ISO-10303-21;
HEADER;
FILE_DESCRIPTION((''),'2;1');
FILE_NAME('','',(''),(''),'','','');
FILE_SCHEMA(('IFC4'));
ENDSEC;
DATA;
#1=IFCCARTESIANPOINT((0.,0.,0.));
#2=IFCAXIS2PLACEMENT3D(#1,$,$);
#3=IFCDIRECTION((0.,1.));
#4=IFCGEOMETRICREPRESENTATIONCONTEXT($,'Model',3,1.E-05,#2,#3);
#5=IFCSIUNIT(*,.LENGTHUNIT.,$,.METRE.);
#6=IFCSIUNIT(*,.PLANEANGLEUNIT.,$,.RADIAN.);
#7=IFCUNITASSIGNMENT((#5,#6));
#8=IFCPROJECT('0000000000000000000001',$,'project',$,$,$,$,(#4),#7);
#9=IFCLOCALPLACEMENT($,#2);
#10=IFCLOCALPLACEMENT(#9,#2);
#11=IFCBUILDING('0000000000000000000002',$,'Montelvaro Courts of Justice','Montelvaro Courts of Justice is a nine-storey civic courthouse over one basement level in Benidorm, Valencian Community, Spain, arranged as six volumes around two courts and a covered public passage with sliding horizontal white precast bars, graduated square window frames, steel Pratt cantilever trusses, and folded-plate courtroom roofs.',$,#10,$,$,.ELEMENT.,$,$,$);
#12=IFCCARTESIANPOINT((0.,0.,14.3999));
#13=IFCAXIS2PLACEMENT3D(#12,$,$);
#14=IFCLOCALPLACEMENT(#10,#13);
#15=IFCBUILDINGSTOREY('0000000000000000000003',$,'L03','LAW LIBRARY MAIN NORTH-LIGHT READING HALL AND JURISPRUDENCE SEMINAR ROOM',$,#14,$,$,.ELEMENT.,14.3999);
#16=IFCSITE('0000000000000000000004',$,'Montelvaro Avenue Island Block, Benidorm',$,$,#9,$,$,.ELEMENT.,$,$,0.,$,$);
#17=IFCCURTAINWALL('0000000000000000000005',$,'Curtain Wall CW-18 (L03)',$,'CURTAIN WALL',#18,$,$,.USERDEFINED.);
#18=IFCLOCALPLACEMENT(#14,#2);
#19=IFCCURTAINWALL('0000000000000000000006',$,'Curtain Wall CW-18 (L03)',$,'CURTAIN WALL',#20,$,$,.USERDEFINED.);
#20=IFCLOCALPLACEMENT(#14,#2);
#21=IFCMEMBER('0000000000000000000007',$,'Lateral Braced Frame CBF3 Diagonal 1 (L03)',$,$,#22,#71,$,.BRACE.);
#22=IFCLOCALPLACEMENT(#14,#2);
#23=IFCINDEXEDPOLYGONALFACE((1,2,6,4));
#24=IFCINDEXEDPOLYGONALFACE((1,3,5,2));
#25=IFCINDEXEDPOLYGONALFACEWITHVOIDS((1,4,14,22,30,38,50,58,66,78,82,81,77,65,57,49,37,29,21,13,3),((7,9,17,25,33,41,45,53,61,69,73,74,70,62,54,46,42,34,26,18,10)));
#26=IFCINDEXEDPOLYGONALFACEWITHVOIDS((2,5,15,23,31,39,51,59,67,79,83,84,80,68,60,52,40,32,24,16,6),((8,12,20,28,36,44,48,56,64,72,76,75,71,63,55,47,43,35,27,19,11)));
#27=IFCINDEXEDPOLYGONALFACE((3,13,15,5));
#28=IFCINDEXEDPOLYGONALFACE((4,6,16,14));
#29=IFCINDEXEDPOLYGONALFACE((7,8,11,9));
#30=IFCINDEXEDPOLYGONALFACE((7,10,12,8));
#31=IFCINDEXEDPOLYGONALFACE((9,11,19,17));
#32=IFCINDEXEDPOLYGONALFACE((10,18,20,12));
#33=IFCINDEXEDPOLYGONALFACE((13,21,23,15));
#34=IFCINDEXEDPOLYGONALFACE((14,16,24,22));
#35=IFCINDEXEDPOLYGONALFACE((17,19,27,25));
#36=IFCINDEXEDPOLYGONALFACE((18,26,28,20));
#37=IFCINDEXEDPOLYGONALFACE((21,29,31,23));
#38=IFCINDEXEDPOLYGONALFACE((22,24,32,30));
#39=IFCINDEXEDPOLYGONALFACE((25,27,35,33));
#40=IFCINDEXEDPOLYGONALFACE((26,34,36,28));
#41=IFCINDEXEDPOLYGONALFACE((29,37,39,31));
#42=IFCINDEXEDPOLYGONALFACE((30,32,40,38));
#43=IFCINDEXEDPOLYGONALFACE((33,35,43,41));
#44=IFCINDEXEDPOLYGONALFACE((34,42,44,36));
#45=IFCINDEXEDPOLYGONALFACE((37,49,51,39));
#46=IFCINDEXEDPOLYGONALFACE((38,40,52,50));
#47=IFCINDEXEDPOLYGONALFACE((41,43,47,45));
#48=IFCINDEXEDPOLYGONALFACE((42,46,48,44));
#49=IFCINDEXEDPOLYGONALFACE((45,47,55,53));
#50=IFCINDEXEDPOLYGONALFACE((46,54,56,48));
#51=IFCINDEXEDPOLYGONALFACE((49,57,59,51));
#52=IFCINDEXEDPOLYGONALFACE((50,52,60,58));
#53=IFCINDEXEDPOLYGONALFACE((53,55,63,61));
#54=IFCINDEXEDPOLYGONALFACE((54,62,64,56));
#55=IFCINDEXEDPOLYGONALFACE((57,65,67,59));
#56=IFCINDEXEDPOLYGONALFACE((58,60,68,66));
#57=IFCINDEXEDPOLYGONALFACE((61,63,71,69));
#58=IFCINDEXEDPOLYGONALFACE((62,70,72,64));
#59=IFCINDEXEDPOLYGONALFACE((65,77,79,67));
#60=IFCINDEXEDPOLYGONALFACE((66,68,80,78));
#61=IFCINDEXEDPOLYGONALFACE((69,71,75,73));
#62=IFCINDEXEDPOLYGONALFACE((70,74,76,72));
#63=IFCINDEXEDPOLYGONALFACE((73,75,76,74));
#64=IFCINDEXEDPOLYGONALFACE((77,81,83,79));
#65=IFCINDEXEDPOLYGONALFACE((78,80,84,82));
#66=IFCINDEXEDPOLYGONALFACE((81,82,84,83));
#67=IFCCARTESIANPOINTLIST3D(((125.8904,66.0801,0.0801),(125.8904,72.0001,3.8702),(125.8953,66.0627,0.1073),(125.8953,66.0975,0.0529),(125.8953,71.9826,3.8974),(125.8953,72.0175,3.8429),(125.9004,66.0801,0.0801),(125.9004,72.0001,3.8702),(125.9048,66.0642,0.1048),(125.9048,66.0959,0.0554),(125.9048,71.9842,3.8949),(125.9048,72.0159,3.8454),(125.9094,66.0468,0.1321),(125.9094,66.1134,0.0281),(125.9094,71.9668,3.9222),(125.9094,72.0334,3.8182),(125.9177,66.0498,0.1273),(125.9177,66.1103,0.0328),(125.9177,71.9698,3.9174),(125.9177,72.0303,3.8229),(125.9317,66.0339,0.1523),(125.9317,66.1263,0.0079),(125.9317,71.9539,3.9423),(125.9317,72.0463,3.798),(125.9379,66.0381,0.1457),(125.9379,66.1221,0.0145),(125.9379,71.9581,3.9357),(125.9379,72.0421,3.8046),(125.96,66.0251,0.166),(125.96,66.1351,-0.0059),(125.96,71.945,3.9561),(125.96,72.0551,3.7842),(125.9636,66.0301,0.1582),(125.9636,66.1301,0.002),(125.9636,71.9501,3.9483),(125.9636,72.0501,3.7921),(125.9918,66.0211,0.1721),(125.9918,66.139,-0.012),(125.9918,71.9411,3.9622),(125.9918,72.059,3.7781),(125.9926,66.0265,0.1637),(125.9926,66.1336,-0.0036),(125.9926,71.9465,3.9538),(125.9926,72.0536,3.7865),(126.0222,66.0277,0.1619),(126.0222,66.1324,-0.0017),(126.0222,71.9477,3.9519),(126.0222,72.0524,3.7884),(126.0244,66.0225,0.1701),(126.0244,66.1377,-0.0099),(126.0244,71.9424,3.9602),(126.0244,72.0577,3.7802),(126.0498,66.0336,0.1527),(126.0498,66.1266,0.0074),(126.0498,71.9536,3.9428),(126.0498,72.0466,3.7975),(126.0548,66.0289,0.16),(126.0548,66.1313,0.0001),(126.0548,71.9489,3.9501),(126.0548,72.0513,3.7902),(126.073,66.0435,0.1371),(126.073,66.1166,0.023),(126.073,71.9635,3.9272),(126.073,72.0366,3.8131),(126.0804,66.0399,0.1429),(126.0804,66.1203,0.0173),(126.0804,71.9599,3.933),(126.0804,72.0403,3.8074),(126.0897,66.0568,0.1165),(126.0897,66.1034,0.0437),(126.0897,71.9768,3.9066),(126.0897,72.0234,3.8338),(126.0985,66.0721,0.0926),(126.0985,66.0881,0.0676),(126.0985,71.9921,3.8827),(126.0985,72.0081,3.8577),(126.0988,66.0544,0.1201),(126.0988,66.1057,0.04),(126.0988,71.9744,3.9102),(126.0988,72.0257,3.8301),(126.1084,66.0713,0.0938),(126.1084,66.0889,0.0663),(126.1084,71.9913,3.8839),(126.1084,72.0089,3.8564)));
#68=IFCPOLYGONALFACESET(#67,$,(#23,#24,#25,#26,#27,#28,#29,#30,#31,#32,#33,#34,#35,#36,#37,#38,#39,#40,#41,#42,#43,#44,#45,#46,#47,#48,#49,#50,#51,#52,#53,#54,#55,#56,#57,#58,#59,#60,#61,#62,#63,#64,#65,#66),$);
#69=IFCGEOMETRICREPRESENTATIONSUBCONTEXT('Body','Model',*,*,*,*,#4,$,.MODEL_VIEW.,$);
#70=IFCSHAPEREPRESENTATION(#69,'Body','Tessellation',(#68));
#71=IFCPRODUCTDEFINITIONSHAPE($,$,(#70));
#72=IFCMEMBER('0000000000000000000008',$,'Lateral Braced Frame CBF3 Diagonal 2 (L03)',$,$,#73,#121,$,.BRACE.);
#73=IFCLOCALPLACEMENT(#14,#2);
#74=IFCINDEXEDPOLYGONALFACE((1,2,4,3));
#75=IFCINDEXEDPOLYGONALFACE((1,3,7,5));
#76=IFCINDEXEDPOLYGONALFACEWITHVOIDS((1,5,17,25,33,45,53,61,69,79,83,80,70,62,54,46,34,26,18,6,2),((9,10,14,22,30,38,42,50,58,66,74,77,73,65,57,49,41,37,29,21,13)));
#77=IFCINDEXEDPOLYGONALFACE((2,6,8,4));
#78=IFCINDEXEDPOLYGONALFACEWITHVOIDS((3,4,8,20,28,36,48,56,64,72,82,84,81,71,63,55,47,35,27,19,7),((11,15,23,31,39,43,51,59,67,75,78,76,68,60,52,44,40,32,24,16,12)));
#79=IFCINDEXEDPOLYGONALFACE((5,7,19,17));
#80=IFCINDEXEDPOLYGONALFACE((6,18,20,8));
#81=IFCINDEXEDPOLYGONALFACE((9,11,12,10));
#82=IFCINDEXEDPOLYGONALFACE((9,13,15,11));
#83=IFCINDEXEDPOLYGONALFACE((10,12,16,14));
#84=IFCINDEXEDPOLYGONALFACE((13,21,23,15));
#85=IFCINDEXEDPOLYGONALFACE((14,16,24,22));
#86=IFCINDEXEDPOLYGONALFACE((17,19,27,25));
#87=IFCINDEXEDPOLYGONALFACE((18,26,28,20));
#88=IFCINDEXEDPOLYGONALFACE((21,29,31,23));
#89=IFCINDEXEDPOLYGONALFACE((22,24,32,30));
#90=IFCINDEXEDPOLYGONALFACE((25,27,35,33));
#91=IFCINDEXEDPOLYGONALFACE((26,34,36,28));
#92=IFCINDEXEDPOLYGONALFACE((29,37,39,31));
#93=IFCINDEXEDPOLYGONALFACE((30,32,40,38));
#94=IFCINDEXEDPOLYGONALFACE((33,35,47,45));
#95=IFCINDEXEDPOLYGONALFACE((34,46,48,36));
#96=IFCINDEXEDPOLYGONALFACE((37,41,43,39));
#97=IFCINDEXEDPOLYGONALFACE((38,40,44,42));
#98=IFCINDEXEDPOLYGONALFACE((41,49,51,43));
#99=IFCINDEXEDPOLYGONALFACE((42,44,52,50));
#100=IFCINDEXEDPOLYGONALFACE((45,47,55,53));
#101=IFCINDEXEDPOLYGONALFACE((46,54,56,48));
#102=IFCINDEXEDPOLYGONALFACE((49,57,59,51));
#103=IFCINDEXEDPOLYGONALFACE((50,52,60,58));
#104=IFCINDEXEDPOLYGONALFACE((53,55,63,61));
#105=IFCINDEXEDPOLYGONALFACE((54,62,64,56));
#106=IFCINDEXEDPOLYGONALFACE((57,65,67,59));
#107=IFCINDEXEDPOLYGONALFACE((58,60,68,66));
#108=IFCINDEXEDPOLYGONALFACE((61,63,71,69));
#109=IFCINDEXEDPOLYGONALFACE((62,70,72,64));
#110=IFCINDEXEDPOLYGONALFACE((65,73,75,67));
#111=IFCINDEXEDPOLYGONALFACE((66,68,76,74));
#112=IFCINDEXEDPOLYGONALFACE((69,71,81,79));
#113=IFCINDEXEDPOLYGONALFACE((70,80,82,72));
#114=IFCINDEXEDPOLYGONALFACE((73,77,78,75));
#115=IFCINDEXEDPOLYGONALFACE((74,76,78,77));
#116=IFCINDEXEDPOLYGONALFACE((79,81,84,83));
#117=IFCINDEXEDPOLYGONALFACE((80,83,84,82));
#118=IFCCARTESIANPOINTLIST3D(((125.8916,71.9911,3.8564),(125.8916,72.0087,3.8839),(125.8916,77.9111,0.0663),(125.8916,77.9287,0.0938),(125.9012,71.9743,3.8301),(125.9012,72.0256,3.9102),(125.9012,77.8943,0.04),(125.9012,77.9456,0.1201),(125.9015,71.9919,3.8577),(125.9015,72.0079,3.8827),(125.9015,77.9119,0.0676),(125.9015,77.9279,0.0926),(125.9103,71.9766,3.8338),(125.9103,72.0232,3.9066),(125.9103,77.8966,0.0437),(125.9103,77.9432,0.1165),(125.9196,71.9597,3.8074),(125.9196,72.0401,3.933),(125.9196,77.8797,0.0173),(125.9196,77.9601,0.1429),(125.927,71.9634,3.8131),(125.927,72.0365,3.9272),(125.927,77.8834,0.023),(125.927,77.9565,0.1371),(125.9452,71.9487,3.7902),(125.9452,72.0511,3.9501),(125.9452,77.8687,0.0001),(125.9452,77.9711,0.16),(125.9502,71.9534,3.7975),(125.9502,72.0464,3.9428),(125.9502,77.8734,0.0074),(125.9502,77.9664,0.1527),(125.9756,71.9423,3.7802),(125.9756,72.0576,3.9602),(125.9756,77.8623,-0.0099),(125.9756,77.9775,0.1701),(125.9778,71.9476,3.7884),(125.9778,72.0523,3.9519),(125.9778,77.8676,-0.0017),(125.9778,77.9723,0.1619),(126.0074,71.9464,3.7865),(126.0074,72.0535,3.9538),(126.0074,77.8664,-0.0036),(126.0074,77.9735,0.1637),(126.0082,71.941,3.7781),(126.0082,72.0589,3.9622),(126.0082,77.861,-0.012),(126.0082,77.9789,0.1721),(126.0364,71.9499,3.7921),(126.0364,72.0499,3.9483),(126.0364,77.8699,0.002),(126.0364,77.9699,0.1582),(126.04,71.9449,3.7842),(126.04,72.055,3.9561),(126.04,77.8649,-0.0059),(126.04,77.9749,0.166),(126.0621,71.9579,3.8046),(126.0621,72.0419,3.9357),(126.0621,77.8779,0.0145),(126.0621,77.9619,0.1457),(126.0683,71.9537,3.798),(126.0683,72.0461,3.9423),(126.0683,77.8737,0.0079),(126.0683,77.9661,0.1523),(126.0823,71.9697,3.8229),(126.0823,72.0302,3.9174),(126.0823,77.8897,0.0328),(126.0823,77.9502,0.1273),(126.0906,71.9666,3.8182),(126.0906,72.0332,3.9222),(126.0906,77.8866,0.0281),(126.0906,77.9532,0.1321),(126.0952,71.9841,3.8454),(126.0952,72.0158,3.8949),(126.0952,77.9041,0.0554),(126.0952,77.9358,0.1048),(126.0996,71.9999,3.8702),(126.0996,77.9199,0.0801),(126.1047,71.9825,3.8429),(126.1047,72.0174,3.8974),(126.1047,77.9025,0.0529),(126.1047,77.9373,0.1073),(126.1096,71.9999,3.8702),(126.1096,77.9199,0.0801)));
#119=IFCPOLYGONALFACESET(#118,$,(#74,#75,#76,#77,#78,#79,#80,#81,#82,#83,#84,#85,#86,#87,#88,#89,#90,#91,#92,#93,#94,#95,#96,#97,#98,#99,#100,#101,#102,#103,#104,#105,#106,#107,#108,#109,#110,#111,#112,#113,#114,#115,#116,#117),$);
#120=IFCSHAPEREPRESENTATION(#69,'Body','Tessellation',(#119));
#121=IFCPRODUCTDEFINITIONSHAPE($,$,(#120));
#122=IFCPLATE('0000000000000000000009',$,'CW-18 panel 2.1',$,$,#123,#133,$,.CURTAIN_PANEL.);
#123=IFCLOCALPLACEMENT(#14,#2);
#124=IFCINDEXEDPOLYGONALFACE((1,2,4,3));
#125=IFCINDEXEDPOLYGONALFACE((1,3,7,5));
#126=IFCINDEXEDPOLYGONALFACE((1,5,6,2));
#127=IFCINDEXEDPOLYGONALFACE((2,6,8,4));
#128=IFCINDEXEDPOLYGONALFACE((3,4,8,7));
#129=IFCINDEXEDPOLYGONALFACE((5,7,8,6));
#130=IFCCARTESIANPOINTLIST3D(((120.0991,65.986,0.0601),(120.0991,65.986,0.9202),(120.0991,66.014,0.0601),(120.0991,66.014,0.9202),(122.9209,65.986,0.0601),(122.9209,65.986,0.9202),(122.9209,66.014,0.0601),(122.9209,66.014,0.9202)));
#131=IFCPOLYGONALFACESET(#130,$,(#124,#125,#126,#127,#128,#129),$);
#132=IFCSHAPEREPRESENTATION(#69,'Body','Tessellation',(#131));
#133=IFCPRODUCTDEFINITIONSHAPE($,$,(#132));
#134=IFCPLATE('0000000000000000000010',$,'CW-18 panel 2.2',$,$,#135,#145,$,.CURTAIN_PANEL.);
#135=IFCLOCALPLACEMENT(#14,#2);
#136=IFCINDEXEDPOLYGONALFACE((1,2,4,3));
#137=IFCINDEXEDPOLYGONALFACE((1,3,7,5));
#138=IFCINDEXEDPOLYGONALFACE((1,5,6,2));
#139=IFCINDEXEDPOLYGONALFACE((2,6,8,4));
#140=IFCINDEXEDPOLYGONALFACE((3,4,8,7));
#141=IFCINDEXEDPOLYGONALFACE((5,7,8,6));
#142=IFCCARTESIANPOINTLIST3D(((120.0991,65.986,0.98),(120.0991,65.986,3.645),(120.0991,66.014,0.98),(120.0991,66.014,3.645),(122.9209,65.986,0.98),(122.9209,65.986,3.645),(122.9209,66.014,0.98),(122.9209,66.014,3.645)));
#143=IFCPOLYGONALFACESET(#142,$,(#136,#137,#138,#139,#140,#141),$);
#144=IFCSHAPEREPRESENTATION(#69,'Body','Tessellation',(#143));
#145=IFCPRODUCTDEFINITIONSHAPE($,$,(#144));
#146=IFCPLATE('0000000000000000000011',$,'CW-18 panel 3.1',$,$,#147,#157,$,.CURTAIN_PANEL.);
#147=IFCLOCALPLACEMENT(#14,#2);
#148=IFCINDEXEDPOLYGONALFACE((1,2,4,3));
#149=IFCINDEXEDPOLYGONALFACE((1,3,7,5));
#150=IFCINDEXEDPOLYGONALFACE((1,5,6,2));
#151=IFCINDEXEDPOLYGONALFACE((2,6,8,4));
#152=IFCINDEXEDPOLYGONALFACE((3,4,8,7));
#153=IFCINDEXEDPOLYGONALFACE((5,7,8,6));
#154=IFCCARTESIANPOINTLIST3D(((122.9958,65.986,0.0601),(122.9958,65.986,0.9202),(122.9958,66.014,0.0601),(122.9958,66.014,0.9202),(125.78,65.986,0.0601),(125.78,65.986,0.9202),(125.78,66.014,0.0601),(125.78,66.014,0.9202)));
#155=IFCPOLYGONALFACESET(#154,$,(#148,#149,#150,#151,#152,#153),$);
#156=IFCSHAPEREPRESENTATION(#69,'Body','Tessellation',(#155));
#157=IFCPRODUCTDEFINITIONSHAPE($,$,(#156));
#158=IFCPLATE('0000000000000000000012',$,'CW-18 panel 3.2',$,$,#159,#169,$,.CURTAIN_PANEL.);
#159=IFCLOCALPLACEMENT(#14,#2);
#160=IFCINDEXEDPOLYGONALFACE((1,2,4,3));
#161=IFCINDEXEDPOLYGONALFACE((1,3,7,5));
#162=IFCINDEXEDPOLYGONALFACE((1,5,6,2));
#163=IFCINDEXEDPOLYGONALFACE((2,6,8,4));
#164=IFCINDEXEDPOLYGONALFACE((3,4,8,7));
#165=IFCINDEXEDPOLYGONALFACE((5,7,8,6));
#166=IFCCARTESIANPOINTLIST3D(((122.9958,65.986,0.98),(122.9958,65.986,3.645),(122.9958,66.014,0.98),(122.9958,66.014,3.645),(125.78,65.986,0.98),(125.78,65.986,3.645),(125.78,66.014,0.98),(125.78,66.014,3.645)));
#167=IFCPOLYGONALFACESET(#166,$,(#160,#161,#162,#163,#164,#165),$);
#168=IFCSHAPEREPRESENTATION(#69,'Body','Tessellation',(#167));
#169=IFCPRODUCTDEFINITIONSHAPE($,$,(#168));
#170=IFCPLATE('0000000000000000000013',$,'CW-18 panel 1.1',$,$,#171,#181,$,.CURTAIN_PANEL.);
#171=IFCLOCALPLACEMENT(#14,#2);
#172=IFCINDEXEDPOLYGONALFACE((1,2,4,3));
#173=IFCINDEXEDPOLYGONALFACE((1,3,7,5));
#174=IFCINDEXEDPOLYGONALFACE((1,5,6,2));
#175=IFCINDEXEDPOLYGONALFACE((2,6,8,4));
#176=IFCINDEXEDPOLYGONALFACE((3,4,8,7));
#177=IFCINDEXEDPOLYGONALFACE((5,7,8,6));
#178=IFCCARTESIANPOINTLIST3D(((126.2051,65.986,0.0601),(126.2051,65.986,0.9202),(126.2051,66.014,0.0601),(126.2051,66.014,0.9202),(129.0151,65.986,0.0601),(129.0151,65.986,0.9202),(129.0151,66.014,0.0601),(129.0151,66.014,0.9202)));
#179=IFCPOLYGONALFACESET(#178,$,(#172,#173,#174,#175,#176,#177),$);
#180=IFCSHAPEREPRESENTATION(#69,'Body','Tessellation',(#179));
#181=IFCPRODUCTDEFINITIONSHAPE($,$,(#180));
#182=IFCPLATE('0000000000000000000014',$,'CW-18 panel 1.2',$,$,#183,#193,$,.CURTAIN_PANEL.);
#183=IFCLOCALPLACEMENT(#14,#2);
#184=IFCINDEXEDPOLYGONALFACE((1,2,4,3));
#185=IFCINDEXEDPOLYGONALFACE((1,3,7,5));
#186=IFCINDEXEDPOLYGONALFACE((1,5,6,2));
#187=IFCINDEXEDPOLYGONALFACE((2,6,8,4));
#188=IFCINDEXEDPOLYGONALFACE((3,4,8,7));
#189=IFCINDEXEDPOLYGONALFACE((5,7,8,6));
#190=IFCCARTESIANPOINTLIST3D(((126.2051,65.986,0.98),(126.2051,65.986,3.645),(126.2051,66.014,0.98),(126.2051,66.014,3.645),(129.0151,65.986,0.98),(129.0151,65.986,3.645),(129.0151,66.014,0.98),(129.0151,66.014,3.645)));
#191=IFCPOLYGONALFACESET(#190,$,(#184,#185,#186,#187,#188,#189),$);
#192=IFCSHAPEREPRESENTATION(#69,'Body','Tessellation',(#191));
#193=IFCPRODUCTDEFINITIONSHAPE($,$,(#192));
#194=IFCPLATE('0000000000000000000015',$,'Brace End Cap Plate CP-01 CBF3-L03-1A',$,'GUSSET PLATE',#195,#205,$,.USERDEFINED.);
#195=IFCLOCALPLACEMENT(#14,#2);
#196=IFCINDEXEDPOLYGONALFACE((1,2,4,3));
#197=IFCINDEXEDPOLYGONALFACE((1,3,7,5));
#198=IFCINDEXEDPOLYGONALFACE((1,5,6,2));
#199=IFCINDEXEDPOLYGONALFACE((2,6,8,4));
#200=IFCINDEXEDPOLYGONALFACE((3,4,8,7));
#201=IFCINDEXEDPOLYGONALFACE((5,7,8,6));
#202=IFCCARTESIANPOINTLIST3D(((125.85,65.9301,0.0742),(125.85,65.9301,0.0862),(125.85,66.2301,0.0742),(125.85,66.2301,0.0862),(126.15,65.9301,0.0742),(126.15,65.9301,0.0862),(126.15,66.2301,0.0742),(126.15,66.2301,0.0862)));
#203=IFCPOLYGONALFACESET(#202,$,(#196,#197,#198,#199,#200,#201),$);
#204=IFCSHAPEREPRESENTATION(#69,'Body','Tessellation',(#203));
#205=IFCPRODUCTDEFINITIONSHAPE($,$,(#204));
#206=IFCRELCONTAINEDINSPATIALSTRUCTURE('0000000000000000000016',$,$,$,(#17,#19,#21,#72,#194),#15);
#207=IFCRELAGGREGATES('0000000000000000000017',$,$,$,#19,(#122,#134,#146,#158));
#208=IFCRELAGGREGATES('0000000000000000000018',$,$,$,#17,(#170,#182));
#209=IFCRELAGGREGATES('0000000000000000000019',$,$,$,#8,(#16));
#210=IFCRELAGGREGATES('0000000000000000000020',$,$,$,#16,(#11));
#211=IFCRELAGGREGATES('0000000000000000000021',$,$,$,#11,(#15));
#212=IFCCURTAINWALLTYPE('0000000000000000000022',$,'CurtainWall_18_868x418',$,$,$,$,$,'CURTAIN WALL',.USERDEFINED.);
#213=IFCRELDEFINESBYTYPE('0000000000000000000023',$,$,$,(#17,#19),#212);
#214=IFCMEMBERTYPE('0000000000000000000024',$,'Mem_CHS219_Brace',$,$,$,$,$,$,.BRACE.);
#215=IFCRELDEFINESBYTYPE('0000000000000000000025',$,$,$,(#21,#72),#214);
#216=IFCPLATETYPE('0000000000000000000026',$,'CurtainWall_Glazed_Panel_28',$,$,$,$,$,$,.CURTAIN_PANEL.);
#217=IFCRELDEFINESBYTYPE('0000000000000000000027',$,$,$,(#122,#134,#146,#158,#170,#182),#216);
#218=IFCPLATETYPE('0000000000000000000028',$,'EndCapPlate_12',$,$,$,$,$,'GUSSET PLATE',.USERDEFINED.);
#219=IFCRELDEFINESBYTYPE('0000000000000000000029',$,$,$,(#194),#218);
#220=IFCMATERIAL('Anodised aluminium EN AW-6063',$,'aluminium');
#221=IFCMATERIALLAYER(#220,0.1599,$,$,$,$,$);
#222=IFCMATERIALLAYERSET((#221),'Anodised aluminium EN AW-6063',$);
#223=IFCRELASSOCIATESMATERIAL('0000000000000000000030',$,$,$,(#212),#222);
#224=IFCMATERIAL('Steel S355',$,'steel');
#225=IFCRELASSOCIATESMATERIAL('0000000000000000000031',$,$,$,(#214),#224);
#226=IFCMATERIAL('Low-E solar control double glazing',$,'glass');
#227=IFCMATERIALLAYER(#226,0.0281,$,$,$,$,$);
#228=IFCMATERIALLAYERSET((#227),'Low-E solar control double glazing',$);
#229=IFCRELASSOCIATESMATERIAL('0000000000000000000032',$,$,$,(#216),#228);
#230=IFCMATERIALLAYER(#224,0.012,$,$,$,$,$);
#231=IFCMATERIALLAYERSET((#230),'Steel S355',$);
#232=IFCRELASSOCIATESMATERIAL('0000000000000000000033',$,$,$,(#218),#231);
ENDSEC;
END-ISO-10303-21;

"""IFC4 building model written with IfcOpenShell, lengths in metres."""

from ifc_helpers import new_model, si_unit, direction, frame, origin, origin_2d, place, context, subcontext, project, spatial, rectangle, hollow_circle, extrude, material, layer, layer_set, material_profile, profile_set, type_object, element, aggregate, save


model = new_model("IFC4")

# Units and contexts
model_context = context("Model", 3, precision=1e-05, world=origin(), true_north=direction((0.0, 1.0)))
body_context = subcontext(model_context, "Body", "Model", "MODEL_VIEW")
ifc_project = project(units=[si_unit("LENGTHUNIT", "METRE"), si_unit("PLANEANGLEUNIT", "RADIAN")], contexts=[model_context])

# Site, building, storey
site_placement = place(None, origin())
site = spatial("IfcSite", under=ifc_project, at=site_placement, Name="Montelvaro Avenue Island Block, Benidorm", CompositionType="ELEMENT", RefElevation=0.0)
building_placement = place(site_placement, origin())
building = spatial("IfcBuilding", under=site, at=building_placement, Name="Montelvaro Courts of Justice", Description="Montelvaro Courts of Justice is a nine-storey civic courthouse over one basement level in Benidorm, Valencian Community, Spain, arranged as six volumes around two courts and a covered public passage with sliding horizontal white precast bars, graduated square window frames, steel Pratt cantilever trusses, and folded-plate courtroom roofs.", CompositionType="ELEMENT")
storey_placement = place(building_placement, frame((0.0, 0.0, 14.3999)))
storey = spatial("IfcBuildingStorey", under=building, at=storey_placement, Name="L03", Description="LAW LIBRARY MAIN NORTH-LIGHT READING HALL AND JURISPRUDENCE SEMINAR ROOM", CompositionType="ELEMENT", Elevation=14.3999)

# Shared definitions
ifc_material_1 = material(Name="Steel S355", Category="steel")

# Curtain wall
ifc_material_2 = material(Name="Anodised aluminium EN AW-6063", Category="aluminium")
ifc_layer_1 = layer(ifc_material_2, 0.1599)
ifc_layer_set_1 = layer_set([ifc_layer_1], Name="Anodised aluminium EN AW-6063")
curtain_wall_type = type_object("IfcCurtainWallType", Name="CurtainWall_18_868x418", ElementType="CURTAIN WALL", PredefinedType="USERDEFINED", material=ifc_layer_set_1)
curtain_wall_1_placement = place(storey_placement, origin())
curtain_wall_1 = element("IfcCurtainWall", 1, at=curtain_wall_1_placement, inside=storey, type_object=curtain_wall_type, Name="Curtain Wall CW-18 (L03)", ObjectType="CURTAIN WALL", PredefinedType="USERDEFINED")

# Curtain wall
curtain_wall_2_placement = place(storey_placement, origin())
curtain_wall_2 = element("IfcCurtainWall", 2, at=curtain_wall_2_placement, inside=storey, type_object=curtain_wall_type, Name="Curtain Wall CW-18 (L03)", ObjectType="CURTAIN WALL", PredefinedType="USERDEFINED")

# Members
ifc_material_profile_1 = material_profile(ifc_material_1, hollow_circle(Radius=0.1096, WallThickness=0.01, at=origin_2d()), Name="CHS 219.1x10")
ifc_profile_set_1 = profile_set([ifc_material_profile_1], Name="Steel S355")
member_type_1 = type_object("IfcMemberType", Name="Mem_CHS219_Brace", PredefinedType="BRACE", material=ifc_profile_set_1)
for number, where, z_axis, x_axis, name in (
    (3, (126.0, 66.0801, 0.0801), (0.0, 0.842188, 0.539184), (-1.0, 0.0, 0.0), "Lateral Braced Frame CBF3 Diagonal 1 (L03)"),
    (4, (126.0, 77.9199, 0.0801), (0.0, -0.842188, 0.539184), (1.0, 0.0, 0.0), "Lateral Braced Frame CBF3 Diagonal 2 (L03)"),
):
    element("IfcMember", number, at=place(storey_placement, frame(where, z_axis=z_axis, x_axis=x_axis)), inside=storey, type_object=member_type_1, Name=name, PredefinedType="BRACE", context=body_context, shape_type="SweptSolid", body=[
        extrude(hollow_circle(Radius=0.1096, WallThickness=0.01, at=origin_2d()), origin(), (0.0, 0.0, 1.0), 7.0293),
    ])

# Plates
ifc_material_3 = material(Name="Low-E solar control double glazing", Category="glass")
ifc_layer_2 = layer(ifc_material_3, 0.0281)
ifc_layer_set_2 = layer_set([ifc_layer_2], Name="Low-E solar control double glazing")
plate_type_1 = type_object("IfcPlateType", Name="CurtainWall_Glazed_Panel_28", PredefinedType="CURTAIN_PANEL", material=ifc_layer_set_2)
plate_1_placement = place(storey_placement, frame((121.51, 66.0, 0.0601), z_axis=(0.0, 0.0, 1.0), x_axis=(1.0, 0.0, 0.0)))
plate_1 = element("IfcPlate", 5, at=plate_1_placement, type_object=plate_type_1, Name="CW-18 panel 2.1", PredefinedType="CURTAIN_PANEL", context=body_context, shape_type="SweptSolid", body=[
    extrude(rectangle(XDim=2.8218, YDim=0.0281, at=origin_2d()), origin(), (0.0, 0.0, 1.0), 0.8601),
])
plate_2_placement = place(storey_placement, frame((121.51, 66.0, 0.98), z_axis=(0.0, 0.0, 1.0), x_axis=(1.0, 0.0, 0.0)))
plate_2 = element("IfcPlate", 6, at=plate_2_placement, type_object=plate_type_1, Name="CW-18 panel 2.2", PredefinedType="CURTAIN_PANEL", context=body_context, shape_type="SweptSolid", body=[
    extrude(rectangle(XDim=2.8218, YDim=0.0281, at=origin_2d()), origin(), (0.0, 0.0, 1.0), 2.665),
])
plate_3_placement = place(storey_placement, frame((124.3879, 66.0, 0.0601), z_axis=(0.0, 0.0, 1.0), x_axis=(1.0, 0.0, 0.0)))
plate_3 = element("IfcPlate", 7, at=plate_3_placement, type_object=plate_type_1, Name="CW-18 panel 3.1", PredefinedType="CURTAIN_PANEL", context=body_context, shape_type="SweptSolid", body=[
    extrude(rectangle(XDim=2.7842, YDim=0.0281, at=origin_2d()), origin(), (0.0, 0.0, 1.0), 0.8601),
])
plate_4_placement = place(storey_placement, frame((124.3879, 66.0, 0.98), z_axis=(0.0, 0.0, 1.0), x_axis=(1.0, 0.0, 0.0)))
plate_4 = element("IfcPlate", 8, at=plate_4_placement, type_object=plate_type_1, Name="CW-18 panel 3.2", PredefinedType="CURTAIN_PANEL", context=body_context, shape_type="SweptSolid", body=[
    extrude(rectangle(XDim=2.7842, YDim=0.0281, at=origin_2d()), origin(), (0.0, 0.0, 1.0), 2.665),
])
aggregate(curtain_wall_2, [plate_1, plate_2, plate_3, plate_4])
plate_5_placement = place(storey_placement, frame((127.6101, 66.0, 0.0601), z_axis=(0.0, 0.0, 1.0), x_axis=(1.0, 0.0, 0.0)))
plate_5 = element("IfcPlate", 9, at=plate_5_placement, type_object=plate_type_1, Name="CW-18 panel 1.1", PredefinedType="CURTAIN_PANEL", context=body_context, shape_type="SweptSolid", body=[
    extrude(rectangle(XDim=2.8101, YDim=0.0281, at=origin_2d()), origin(), (0.0, 0.0, 1.0), 0.8601),
])
plate_6_placement = place(storey_placement, frame((127.6101, 66.0, 0.98), z_axis=(0.0, 0.0, 1.0), x_axis=(1.0, 0.0, 0.0)))
plate_6 = element("IfcPlate", 10, at=plate_6_placement, type_object=plate_type_1, Name="CW-18 panel 1.2", PredefinedType="CURTAIN_PANEL", context=body_context, shape_type="SweptSolid", body=[
    extrude(rectangle(XDim=2.8101, YDim=0.0281, at=origin_2d()), origin(), (0.0, 0.0, 1.0), 2.665),
])
aggregate(curtain_wall_1, [plate_5, plate_6])

# Plate
ifc_layer_3 = layer(ifc_material_1, 0.012)
ifc_layer_set_3 = layer_set([ifc_layer_3], Name="Steel S355")
plate_type_2 = type_object("IfcPlateType", Name="EndCapPlate_12", ElementType="GUSSET PLATE", PredefinedType="USERDEFINED", material=ifc_layer_set_3)
for number, where, z_axis, x_axis, name in (
    (11, (126.0, 66.0801, 0.0742), (0.0, 0.0, 1.0), (1.0, 0.0, 0.0), "Brace End Cap Plate CP-01 CBF3-L03-1A"),
):
    element("IfcPlate", number, at=place(storey_placement, frame(where, z_axis=z_axis, x_axis=x_axis)), inside=storey, type_object=plate_type_2, Name=name, ObjectType="GUSSET PLATE", PredefinedType="USERDEFINED", context=body_context, shape_type="SweptSolid", body=[
        extrude(rectangle(XDim=0.3, YDim=0.3, at=origin_2d()), origin(), (0.0, 0.0, 1.0), 0.012),
    ])

save(model, "model.ifc")
